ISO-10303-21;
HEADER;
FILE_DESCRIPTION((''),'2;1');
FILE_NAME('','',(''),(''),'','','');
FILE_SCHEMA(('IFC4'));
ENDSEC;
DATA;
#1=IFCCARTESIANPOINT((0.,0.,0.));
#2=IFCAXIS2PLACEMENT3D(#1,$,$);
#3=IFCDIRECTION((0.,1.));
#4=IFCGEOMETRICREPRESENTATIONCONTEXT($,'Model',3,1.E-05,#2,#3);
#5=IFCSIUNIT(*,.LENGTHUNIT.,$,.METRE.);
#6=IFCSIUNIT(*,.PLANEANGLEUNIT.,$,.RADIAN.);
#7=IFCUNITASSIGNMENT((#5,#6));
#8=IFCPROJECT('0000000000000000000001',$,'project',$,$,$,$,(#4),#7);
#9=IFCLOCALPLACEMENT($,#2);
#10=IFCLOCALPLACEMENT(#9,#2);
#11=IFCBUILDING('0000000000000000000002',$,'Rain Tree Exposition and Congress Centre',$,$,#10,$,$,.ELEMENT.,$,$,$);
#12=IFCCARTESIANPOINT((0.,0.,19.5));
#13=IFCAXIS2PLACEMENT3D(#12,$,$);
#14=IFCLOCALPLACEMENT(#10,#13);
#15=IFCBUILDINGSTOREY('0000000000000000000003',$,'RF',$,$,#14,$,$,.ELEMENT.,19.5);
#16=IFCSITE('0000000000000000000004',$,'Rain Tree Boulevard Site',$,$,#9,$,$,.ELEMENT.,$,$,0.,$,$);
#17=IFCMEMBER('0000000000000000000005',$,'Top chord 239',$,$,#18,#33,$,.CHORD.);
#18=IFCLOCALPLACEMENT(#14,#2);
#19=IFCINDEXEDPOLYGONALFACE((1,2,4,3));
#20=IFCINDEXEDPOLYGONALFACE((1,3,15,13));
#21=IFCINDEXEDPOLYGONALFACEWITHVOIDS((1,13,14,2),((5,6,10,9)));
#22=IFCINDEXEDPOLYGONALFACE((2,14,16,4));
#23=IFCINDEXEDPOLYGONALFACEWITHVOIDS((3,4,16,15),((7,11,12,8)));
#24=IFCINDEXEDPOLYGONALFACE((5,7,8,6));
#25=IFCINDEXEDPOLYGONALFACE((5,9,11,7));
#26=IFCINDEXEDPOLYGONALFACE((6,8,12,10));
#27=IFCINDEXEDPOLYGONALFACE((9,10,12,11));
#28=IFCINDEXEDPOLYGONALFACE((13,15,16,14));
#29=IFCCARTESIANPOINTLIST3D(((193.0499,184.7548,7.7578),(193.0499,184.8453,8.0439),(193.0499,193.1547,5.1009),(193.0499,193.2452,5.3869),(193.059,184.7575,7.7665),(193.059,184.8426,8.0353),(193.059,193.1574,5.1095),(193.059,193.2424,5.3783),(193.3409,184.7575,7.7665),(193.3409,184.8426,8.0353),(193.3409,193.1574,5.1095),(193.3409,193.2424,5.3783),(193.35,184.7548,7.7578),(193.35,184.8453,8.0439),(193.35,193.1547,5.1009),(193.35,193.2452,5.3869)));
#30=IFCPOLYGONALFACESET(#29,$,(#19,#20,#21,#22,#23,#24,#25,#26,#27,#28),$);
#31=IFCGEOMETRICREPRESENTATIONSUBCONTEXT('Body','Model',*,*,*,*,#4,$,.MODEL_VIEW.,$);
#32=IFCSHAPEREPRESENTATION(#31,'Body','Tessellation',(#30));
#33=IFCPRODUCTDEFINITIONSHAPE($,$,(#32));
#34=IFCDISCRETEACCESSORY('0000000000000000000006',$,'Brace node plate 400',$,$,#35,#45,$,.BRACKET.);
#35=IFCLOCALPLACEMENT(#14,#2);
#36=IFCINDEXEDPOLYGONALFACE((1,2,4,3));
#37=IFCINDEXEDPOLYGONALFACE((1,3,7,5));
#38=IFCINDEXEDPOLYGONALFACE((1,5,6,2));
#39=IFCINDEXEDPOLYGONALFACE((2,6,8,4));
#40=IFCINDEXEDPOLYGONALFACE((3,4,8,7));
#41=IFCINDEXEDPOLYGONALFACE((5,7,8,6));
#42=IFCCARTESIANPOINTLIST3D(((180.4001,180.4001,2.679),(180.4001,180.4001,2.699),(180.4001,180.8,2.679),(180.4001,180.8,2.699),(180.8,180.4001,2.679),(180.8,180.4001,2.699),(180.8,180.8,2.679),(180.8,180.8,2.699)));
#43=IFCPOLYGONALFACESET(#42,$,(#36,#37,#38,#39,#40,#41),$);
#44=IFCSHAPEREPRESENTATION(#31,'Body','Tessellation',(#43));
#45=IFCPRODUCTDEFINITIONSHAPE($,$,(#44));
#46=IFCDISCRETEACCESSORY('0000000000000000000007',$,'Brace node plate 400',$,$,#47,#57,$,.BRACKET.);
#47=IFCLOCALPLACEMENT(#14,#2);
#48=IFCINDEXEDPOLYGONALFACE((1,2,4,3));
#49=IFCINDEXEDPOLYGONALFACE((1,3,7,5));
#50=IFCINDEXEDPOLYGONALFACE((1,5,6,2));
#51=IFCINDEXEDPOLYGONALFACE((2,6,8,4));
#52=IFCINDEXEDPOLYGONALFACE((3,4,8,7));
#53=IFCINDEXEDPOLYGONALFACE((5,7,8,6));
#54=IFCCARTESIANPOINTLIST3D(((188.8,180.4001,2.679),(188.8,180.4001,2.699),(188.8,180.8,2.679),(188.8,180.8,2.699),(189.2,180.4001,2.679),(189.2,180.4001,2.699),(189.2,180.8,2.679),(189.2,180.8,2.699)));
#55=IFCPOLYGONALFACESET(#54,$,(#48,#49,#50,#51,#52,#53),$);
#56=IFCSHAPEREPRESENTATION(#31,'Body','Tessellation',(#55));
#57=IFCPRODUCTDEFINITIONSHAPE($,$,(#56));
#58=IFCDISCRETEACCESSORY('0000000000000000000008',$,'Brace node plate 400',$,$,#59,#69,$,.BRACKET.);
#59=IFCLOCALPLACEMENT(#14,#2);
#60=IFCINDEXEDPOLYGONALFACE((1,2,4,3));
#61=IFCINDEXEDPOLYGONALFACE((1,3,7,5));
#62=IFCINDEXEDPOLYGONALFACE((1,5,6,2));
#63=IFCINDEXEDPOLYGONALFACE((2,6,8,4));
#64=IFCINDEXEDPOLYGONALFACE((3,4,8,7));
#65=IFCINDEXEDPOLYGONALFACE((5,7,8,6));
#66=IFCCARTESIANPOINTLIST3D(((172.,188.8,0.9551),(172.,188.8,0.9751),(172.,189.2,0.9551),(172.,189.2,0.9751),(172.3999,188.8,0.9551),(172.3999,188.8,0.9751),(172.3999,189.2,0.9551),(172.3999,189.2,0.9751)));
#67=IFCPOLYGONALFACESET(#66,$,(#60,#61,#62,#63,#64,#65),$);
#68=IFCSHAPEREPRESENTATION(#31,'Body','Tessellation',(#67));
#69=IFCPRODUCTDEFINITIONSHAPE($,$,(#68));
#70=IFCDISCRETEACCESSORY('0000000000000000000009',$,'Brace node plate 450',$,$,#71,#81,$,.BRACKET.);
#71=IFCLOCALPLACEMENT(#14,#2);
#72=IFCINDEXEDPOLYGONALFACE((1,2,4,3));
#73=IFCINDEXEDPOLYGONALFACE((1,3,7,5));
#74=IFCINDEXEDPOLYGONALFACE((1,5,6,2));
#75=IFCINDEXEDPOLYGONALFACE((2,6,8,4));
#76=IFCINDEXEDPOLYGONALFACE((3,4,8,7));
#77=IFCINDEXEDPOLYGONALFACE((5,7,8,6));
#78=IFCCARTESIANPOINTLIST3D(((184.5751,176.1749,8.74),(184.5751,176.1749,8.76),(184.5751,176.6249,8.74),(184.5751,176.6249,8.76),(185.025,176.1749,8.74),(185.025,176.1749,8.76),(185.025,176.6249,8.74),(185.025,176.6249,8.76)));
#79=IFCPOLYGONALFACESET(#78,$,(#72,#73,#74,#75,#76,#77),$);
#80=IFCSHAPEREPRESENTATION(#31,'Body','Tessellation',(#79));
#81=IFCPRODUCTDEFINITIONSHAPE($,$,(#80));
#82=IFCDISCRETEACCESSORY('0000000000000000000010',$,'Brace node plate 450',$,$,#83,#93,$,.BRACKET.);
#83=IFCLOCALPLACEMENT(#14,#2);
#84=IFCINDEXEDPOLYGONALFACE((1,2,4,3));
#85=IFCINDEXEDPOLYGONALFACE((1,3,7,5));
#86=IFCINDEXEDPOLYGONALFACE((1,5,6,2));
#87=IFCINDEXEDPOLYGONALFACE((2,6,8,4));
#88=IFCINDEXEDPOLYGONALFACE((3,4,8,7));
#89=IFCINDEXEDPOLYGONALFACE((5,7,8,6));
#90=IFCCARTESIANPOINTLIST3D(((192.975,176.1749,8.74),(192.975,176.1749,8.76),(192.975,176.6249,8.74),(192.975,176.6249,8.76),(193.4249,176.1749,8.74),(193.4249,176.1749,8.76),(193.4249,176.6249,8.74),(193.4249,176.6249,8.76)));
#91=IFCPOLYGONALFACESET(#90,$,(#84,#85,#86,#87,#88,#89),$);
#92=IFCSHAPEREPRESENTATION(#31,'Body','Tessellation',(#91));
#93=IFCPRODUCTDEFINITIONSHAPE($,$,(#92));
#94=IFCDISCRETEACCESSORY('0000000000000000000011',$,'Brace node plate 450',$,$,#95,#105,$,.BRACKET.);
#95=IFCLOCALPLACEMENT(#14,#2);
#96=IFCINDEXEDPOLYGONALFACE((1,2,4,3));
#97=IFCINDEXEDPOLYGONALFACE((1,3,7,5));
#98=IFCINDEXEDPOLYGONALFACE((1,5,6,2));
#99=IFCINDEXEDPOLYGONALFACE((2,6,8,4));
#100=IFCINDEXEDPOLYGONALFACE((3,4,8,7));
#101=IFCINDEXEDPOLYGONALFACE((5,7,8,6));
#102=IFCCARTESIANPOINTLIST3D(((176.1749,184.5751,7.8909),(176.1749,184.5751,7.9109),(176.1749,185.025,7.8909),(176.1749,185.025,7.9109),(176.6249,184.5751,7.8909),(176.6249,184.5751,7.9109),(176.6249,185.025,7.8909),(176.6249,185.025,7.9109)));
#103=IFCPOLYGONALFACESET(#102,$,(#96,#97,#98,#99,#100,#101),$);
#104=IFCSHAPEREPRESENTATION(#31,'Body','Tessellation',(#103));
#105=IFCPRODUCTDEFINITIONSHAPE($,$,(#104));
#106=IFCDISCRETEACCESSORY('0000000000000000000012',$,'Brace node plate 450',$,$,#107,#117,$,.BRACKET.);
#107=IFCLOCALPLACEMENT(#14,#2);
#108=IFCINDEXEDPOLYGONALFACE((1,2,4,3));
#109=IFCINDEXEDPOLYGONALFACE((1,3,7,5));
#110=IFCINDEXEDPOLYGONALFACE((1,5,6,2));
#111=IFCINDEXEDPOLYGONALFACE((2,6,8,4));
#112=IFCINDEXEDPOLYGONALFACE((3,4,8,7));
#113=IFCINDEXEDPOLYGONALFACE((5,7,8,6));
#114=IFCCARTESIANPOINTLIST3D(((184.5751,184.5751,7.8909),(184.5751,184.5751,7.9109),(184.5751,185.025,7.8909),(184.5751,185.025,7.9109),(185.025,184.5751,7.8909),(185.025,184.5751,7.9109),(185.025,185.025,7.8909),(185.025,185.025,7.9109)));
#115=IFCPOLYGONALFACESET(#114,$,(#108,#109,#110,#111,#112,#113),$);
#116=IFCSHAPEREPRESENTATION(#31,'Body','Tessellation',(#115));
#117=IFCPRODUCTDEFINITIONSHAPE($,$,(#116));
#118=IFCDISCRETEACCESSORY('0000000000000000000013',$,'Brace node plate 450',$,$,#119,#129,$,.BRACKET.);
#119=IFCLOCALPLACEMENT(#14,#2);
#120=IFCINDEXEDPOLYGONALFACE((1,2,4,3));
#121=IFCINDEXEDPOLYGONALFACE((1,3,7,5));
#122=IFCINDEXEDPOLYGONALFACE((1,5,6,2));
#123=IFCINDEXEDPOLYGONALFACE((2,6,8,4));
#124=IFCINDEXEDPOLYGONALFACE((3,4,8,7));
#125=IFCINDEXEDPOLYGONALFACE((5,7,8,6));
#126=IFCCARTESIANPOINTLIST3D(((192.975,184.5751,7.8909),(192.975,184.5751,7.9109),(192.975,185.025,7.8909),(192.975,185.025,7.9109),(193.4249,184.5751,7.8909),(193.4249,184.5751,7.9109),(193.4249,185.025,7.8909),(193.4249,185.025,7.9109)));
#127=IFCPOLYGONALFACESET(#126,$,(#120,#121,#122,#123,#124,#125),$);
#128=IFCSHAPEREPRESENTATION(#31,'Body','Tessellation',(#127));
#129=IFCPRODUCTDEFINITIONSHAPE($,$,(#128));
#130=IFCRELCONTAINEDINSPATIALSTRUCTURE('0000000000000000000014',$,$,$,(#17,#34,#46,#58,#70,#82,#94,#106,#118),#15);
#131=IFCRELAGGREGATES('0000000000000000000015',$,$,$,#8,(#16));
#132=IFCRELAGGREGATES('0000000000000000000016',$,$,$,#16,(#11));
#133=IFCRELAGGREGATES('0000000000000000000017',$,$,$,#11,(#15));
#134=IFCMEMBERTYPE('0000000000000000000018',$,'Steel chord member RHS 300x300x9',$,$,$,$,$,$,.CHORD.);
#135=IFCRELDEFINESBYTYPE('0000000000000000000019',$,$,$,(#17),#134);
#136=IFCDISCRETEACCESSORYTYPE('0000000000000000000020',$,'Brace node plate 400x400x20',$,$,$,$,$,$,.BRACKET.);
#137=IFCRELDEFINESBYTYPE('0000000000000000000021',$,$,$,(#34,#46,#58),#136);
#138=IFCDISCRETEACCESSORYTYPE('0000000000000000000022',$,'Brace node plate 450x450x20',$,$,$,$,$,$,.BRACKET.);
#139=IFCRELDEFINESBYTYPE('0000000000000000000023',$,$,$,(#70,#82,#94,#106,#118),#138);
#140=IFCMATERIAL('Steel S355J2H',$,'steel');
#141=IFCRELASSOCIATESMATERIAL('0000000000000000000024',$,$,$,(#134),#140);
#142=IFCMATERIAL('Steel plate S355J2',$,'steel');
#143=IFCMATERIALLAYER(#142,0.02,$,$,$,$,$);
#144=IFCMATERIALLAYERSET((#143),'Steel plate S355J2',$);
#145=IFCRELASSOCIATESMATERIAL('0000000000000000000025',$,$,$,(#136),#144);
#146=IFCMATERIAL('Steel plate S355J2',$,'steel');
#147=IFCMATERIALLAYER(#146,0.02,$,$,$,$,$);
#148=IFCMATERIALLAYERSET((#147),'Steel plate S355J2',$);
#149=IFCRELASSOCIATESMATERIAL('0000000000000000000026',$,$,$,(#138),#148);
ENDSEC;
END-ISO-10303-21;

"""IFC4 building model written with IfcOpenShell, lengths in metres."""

from ifc_helpers import new_model, si_unit, direction, frame, origin, origin_2d, place, context, subcontext, project, spatial, rectangle, hollow_rectangle, extrude, material, layer, layer_set, material_profile, profile_set, type_object, element, save


model = new_model("IFC4")

# Units and contexts
model_context = context("Model", 3, precision=1e-05, world=origin(), true_north=direction((0.0, 1.0)))
body_context = subcontext(model_context, "Body", "Model", "MODEL_VIEW")
ifc_project = project(units=[si_unit("LENGTHUNIT", "METRE"), si_unit("PLANEANGLEUNIT", "RADIAN")], contexts=[model_context])

# Site, building, storey
site_placement = place(None, origin())
site = spatial("IfcSite", under=ifc_project, at=site_placement, Name="Rain Tree Boulevard Site", CompositionType="ELEMENT", RefElevation=0.0)
building_placement = place(site_placement, origin())
building = spatial("IfcBuilding", under=site, at=building_placement, Name="Rain Tree Exposition and Congress Centre", CompositionType="ELEMENT")
storey_placement = place(building_placement, frame((0.0, 0.0, 19.5)))
storey = spatial("IfcBuildingStorey", under=building, at=storey_placement, Name="RF", CompositionType="ELEMENT", Elevation=19.5)

# Member
ifc_material_1 = material(Name="Steel S355J2H", Category="steel")
ifc_material_profile_1 = material_profile(ifc_material_1, hollow_rectangle(XDim=0.3, YDim=0.3, WallThickness=0.009, at=origin_2d()), Name="RHS 300x300x9")
ifc_profile_set_1 = profile_set([ifc_material_profile_1], Name="Steel S355J2H")
member_type_1 = type_object("IfcMemberType", Name="Steel chord member RHS 300x300x9", PredefinedType="CHORD", material=ifc_profile_set_1)
for number, where, z_axis, x_axis, name in (
    (1, (193.2, 184.8, 7.9009), (0.0, 0.95344, -0.301584), (-1.0, 0.0, 0.0), "Top chord 239"),
):
    element("IfcMember", number, at=place(storey_placement, frame(where, z_axis=z_axis, x_axis=x_axis)), inside=storey, type_object=member_type_1, Name=name, PredefinedType="CHORD", context=body_context, shape_type="SweptSolid", body=[
        extrude(hollow_rectangle(XDim=0.3, YDim=0.3, WallThickness=0.009, at=origin_2d()), origin(), (0.0, 0.0, 1.0), 8.8101),
    ])

# Discrete accessories
ifc_material_2 = material(Name="Steel plate S355J2", Category="steel")
ifc_layer_1 = layer(ifc_material_2, 0.02)
ifc_layer_set_1 = layer_set([ifc_layer_1], Name="Steel plate S355J2")
discrete_accessory_type_1 = type_object("IfcDiscreteAccessoryType", Name="Brace node plate 400x400x20", PredefinedType="BRACKET", material=ifc_layer_set_1)
for number, where, z_axis, x_axis, name in (
    (2, (180.6001, 180.6001, 2.679), (0.0, 0.0, 1.0), (1.0, 0.0, 0.0), "Brace node plate 400"),
    (3, (189.0, 180.6001, 2.679), (0.0, 0.0, 1.0), (1.0, 0.0, 0.0), "Brace node plate 400"),
    (4, (172.2, 189.0, 0.9551), (0.0, 0.0, 1.0), (1.0, 0.0, 0.0), "Brace node plate 400"),
):
    element("IfcDiscreteAccessory", number, at=place(storey_placement, frame(where, z_axis=z_axis, x_axis=x_axis)), inside=storey, type_object=discrete_accessory_type_1, Name=name, PredefinedType="BRACKET", context=body_context, shape_type="SweptSolid", body=[
        extrude(rectangle(XDim=0.3999, YDim=0.3999, at=origin_2d()), origin(), (0.0, 0.0, 1.0), 0.02),
    ])
ifc_material_3 = material(Name="Steel plate S355J2", Category="steel")
ifc_layer_2 = layer(ifc_material_3, 0.02)
ifc_layer_set_2 = layer_set([ifc_layer_2], Name="Steel plate S355J2")
discrete_accessory_type_2 = type_object("IfcDiscreteAccessoryType", Name="Brace node plate 450x450x20", PredefinedType="BRACKET", material=ifc_layer_set_2)
for number, where, z_axis, x_axis, name in (
    (5, (184.8, 176.3999, 8.74), (0.0, 0.0, 1.0), (1.0, 0.0, 0.0), "Brace node plate 450"),
    (6, (193.2, 176.3999, 8.74), (0.0, 0.0, 1.0), (1.0, 0.0, 0.0), "Brace node plate 450"),
    (7, (176.3999, 184.8, 7.8909), (0.0, 0.0, 1.0), (1.0, 0.0, 0.0), "Brace node plate 450"),
    (8, (184.8, 184.8, 7.8909), (0.0, 0.0, 1.0), (1.0, 0.0, 0.0), "Brace node plate 450"),
    (9, (193.2, 184.8, 7.8909), (0.0, 0.0, 1.0), (1.0, 0.0, 0.0), "Brace node plate 450"),
):
    element("IfcDiscreteAccessory", number, at=place(storey_placement, frame(where, z_axis=z_axis, x_axis=x_axis)), inside=storey, type_object=discrete_accessory_type_2, Name=name, PredefinedType="BRACKET", context=body_context, shape_type="SweptSolid", body=[
        extrude(rectangle(XDim=0.45, YDim=0.45, at=origin_2d()), origin(), (0.0, 0.0, 1.0), 0.02),
    ])

save(model, "model.ifc")
